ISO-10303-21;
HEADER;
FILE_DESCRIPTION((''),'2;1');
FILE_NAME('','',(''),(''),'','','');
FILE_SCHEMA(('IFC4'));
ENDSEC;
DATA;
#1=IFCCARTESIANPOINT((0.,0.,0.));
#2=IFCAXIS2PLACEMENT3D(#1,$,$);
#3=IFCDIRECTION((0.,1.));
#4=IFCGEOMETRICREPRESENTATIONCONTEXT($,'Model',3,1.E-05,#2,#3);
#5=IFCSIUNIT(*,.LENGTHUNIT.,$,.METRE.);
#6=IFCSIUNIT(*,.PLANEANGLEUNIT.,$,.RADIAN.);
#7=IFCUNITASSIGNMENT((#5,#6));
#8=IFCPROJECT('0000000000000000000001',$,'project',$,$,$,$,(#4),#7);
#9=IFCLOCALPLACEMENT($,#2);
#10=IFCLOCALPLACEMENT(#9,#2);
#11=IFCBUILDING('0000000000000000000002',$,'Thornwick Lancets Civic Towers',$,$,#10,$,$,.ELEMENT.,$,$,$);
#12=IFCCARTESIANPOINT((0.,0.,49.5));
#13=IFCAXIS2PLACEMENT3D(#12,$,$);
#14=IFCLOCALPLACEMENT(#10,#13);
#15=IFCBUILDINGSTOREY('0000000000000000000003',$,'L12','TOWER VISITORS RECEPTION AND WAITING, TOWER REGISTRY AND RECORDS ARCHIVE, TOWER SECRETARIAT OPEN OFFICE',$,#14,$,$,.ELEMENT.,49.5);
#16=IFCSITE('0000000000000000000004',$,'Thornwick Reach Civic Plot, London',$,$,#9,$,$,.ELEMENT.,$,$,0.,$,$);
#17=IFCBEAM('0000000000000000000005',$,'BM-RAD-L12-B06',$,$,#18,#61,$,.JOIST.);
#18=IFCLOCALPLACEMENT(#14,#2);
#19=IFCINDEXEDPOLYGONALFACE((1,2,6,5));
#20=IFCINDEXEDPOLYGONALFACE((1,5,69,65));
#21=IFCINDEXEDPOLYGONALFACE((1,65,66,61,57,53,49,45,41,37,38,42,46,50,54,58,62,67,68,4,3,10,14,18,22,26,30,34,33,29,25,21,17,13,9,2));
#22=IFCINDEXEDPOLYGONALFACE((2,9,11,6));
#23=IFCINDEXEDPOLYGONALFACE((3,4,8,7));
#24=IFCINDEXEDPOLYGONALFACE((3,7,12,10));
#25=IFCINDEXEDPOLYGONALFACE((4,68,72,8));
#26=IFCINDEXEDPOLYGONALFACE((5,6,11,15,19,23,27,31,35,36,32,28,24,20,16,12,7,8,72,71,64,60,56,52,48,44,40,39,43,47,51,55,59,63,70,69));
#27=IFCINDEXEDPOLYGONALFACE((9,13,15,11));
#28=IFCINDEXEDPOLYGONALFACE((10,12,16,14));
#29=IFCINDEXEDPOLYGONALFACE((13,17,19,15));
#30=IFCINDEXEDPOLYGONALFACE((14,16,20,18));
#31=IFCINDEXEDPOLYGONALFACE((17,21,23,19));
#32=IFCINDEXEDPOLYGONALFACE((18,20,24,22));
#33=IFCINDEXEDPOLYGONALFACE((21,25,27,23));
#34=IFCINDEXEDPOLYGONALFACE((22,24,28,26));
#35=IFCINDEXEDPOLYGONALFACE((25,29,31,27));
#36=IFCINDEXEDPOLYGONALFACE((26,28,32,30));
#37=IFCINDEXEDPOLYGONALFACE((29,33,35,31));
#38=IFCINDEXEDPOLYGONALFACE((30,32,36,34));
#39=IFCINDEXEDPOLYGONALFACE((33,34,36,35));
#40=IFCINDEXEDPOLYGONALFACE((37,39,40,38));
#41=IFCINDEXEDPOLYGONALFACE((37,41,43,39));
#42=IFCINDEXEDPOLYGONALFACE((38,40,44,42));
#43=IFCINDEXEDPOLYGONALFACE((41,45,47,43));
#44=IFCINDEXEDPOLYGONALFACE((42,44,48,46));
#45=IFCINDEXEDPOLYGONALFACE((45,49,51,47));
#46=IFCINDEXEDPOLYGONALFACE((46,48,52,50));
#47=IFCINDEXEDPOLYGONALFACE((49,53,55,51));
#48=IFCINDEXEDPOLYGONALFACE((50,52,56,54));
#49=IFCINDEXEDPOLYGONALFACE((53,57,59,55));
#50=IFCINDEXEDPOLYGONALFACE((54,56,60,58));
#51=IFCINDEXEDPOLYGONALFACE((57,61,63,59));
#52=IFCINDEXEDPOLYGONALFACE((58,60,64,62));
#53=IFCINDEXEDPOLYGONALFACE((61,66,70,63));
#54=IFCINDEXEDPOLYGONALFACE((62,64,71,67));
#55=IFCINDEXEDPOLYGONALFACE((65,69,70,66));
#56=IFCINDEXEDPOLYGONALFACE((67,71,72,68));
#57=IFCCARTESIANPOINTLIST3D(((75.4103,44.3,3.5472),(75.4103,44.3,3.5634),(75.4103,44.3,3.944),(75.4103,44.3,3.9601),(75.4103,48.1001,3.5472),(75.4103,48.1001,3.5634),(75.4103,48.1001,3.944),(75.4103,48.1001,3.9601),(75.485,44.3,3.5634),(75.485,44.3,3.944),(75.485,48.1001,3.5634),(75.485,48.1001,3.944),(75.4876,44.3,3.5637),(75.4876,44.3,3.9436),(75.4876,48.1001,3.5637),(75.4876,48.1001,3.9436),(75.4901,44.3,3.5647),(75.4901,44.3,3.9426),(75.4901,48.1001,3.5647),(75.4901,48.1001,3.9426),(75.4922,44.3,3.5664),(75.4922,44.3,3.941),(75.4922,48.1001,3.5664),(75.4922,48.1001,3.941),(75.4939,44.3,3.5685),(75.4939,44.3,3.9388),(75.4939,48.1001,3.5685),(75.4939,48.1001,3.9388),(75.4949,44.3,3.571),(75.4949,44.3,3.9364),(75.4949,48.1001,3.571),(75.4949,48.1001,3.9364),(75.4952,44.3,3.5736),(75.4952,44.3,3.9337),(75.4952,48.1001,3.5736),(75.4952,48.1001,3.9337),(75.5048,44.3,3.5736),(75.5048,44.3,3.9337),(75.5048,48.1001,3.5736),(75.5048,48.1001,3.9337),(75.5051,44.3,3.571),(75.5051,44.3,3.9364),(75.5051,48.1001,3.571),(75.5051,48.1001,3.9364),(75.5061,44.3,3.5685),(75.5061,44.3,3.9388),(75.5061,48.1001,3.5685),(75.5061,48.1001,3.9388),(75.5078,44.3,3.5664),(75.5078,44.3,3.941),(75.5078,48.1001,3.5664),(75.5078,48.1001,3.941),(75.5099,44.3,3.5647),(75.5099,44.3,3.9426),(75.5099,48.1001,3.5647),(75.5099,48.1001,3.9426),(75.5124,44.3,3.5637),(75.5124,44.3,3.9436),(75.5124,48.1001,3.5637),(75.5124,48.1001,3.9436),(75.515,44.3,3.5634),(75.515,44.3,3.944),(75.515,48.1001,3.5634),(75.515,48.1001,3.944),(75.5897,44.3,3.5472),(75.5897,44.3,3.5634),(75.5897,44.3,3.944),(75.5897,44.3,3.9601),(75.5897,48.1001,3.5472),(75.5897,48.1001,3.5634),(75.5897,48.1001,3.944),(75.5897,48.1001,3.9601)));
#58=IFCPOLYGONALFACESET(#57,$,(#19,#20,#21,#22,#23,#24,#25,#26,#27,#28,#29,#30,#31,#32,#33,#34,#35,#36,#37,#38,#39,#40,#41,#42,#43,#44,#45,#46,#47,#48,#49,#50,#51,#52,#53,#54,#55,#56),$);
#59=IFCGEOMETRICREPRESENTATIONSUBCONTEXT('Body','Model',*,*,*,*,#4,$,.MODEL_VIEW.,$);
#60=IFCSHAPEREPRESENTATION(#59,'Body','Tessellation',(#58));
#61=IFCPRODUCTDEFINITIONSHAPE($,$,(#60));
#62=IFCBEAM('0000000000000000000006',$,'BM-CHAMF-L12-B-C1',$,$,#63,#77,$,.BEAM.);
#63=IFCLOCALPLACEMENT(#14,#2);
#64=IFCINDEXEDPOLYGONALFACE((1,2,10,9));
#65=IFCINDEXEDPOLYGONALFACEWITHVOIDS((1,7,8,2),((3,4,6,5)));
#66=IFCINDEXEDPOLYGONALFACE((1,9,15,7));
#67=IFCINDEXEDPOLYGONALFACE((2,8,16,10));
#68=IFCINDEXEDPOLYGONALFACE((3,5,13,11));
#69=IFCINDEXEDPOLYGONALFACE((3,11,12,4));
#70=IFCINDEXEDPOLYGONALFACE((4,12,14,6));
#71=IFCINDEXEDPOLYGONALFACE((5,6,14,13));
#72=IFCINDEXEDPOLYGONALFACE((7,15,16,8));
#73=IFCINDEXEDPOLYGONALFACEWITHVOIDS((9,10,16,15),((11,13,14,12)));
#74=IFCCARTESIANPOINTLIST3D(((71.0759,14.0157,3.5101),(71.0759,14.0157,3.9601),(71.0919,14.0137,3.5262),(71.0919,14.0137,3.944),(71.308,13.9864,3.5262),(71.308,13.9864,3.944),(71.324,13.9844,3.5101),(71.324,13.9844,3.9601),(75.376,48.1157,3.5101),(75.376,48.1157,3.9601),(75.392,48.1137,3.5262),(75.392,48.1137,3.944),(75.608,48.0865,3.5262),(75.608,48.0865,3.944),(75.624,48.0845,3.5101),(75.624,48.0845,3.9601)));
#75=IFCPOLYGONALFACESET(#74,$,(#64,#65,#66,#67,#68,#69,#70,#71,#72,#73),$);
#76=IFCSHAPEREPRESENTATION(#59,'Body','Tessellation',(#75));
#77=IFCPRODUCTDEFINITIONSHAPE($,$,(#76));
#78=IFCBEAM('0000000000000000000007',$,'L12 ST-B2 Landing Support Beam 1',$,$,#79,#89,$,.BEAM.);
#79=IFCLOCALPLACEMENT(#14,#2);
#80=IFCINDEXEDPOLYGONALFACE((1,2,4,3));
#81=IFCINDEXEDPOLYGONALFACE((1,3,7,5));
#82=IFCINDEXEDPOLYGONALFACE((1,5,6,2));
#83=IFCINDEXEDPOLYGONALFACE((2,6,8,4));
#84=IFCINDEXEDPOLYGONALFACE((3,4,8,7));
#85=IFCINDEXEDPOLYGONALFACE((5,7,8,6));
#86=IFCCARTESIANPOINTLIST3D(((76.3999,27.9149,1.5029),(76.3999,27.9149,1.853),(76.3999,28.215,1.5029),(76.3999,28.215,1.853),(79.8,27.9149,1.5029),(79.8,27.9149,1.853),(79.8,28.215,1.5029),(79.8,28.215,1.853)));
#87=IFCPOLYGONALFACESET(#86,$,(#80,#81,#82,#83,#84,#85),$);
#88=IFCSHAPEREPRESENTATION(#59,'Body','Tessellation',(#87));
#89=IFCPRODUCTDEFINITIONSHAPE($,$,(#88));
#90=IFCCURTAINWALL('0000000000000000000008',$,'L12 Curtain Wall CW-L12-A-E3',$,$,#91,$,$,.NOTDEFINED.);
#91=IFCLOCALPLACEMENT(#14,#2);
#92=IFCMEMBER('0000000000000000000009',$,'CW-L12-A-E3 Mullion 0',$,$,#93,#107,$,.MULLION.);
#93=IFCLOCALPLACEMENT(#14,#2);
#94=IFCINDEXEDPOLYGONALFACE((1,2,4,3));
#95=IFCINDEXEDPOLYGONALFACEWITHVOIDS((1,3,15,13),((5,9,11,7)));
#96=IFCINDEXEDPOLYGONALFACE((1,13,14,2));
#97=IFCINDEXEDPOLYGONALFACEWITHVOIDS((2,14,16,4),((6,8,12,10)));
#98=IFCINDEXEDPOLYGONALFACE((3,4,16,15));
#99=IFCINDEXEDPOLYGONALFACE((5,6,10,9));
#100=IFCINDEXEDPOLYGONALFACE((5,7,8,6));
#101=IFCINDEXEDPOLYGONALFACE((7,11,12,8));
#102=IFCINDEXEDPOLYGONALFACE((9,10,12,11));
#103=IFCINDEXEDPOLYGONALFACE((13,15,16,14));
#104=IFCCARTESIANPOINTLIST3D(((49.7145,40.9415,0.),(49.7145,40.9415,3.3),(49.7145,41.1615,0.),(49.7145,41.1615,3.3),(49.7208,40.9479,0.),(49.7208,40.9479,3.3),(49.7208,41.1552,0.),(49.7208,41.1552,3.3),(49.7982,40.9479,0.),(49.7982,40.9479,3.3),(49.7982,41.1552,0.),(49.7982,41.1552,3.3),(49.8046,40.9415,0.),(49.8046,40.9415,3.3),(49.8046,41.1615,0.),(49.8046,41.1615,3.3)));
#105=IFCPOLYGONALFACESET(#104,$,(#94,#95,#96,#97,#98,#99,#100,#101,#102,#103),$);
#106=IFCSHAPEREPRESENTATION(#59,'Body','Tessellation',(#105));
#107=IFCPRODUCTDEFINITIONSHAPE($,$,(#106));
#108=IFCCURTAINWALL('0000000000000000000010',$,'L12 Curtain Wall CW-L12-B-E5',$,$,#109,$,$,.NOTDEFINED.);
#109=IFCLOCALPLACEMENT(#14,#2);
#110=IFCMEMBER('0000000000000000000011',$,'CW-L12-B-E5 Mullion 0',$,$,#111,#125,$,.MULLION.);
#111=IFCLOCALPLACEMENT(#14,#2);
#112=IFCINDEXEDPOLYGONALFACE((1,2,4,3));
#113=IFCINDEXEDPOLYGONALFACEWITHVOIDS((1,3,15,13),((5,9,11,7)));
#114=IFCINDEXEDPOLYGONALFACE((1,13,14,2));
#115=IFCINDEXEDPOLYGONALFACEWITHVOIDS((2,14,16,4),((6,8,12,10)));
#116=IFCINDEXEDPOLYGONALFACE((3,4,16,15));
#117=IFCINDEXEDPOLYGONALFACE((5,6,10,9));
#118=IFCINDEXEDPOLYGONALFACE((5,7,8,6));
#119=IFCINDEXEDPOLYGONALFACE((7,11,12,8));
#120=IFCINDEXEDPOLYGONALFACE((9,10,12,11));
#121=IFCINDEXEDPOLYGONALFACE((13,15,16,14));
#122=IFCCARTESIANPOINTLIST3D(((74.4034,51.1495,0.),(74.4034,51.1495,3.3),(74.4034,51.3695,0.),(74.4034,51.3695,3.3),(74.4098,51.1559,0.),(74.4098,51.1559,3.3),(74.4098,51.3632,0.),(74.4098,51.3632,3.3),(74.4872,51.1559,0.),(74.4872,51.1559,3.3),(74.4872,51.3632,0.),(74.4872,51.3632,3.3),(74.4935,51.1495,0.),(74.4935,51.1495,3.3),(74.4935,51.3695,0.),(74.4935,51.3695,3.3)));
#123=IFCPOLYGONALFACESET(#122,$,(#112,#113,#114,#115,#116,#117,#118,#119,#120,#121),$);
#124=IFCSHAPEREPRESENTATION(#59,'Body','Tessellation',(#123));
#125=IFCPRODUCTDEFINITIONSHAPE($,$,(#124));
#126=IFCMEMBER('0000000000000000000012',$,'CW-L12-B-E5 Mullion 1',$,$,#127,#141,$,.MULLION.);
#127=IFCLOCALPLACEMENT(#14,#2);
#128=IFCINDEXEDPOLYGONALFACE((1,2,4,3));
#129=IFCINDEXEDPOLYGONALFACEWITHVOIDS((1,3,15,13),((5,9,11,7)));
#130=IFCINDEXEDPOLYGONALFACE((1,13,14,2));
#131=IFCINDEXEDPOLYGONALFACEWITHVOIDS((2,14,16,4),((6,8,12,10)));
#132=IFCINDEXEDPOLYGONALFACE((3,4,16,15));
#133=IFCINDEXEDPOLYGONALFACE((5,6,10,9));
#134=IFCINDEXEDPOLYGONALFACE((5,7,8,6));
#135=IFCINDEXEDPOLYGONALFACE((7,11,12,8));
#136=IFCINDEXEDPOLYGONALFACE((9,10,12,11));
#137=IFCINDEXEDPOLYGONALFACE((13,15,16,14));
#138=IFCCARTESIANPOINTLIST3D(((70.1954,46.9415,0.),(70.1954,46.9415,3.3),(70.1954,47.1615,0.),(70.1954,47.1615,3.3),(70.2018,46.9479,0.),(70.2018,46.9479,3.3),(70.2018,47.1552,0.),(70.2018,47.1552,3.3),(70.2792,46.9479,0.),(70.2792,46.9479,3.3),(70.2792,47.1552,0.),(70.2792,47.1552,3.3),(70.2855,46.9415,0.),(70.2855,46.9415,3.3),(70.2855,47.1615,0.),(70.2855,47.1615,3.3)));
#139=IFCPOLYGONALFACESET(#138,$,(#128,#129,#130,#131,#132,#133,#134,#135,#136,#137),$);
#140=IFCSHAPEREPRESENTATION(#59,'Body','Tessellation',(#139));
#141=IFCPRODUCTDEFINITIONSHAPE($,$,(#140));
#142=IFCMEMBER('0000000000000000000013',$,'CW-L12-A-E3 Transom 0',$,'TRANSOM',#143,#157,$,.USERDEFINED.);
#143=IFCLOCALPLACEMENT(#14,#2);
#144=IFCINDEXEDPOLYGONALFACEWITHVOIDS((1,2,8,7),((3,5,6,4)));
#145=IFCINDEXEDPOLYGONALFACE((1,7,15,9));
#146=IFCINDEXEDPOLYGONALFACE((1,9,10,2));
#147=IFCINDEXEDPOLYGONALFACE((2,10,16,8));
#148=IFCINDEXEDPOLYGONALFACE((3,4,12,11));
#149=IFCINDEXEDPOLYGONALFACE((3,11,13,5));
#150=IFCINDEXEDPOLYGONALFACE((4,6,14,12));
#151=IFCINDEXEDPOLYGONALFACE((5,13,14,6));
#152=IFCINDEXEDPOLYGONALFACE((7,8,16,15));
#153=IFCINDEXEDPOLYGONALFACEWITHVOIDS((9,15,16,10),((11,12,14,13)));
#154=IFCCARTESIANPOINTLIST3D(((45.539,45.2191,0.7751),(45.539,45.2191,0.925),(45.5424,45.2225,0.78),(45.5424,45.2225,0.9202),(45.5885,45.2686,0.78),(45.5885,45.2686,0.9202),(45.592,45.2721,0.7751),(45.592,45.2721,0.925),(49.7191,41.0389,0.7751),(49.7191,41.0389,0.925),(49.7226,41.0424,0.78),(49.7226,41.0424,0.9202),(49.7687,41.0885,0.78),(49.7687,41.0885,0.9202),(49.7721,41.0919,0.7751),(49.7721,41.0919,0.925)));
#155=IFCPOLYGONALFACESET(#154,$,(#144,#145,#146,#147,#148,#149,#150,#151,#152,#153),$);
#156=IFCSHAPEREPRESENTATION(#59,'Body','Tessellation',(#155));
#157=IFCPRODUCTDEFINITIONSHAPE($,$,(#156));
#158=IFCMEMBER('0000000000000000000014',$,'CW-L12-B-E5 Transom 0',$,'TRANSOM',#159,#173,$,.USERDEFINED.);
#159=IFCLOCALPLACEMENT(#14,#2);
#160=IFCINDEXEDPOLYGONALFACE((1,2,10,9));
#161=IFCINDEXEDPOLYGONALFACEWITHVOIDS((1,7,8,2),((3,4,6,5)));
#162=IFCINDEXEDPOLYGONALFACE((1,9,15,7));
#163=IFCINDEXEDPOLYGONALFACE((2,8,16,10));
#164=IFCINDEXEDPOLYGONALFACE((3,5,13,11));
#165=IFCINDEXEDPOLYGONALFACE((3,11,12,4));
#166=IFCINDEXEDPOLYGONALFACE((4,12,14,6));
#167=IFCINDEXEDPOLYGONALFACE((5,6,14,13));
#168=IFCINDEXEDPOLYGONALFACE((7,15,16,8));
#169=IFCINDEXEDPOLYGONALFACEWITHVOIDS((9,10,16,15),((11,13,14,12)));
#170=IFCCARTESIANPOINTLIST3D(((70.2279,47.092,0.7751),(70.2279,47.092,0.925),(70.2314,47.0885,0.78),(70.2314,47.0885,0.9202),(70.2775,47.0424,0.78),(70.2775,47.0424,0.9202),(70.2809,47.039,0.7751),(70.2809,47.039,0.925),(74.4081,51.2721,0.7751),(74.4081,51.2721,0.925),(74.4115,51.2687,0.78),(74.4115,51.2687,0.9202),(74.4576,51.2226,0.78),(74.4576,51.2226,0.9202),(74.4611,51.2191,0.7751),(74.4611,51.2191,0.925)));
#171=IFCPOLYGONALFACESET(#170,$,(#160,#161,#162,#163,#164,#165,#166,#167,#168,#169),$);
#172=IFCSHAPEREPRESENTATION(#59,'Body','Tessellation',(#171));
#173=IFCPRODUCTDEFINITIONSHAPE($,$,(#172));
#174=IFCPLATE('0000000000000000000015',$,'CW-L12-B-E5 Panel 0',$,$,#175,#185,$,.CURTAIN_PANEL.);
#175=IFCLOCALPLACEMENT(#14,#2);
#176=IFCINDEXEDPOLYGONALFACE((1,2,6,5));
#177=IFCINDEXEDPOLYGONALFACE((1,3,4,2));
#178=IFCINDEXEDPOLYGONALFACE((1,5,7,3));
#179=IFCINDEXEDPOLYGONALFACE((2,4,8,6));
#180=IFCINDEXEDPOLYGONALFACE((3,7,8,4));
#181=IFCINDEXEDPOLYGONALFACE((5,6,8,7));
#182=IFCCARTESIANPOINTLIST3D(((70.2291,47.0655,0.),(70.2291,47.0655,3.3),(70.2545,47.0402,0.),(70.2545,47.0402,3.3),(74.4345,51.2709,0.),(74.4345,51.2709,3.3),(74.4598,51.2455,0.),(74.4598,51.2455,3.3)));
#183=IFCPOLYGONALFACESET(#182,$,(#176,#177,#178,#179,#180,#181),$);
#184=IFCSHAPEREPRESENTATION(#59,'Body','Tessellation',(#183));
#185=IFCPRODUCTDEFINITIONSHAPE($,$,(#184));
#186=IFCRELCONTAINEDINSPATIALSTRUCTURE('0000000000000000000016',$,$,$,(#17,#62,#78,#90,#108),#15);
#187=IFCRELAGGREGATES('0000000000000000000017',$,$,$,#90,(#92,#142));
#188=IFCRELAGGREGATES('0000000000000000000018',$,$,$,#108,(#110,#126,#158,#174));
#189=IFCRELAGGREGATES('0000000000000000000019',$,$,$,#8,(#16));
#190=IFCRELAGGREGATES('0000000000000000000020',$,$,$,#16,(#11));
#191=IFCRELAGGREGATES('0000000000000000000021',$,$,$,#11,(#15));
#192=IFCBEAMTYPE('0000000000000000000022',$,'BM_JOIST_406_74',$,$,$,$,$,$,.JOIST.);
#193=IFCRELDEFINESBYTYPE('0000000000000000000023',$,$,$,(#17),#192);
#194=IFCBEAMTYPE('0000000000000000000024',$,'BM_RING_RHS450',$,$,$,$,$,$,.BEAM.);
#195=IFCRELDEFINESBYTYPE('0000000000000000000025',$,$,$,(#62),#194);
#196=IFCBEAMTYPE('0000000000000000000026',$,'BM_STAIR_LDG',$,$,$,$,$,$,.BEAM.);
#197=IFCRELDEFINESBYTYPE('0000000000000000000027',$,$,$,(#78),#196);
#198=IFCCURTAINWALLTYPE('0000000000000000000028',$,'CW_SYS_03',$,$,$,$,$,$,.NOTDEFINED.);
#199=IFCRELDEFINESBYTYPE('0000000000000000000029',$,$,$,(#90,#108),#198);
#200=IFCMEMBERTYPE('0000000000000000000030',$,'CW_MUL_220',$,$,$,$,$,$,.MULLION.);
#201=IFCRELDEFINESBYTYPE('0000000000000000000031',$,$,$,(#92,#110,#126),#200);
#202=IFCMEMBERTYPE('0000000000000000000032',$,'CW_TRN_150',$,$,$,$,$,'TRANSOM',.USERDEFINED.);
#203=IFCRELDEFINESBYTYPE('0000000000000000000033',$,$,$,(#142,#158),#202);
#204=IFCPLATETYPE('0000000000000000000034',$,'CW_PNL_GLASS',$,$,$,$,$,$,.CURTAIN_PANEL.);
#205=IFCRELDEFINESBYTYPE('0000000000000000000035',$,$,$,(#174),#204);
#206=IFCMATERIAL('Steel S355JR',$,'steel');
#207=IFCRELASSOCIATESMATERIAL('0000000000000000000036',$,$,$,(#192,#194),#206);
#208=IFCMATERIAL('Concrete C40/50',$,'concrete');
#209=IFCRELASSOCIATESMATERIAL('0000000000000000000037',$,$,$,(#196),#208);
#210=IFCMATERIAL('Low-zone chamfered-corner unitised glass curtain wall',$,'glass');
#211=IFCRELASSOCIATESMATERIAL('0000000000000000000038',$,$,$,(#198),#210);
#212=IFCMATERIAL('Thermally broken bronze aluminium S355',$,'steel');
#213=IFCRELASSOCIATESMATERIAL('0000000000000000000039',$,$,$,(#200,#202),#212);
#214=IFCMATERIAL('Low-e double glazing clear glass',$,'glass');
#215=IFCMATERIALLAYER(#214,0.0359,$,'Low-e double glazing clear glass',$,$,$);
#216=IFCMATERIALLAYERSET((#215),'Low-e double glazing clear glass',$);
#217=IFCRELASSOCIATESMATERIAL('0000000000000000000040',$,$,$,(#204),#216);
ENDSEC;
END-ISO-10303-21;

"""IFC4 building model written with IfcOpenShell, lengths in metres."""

from ifc_helpers import new_model, si_unit, direction, frame, origin, origin_2d, place, context, subcontext, project, spatial, rectangle, hollow_rectangle, i_section, extrude, material, layer, layer_set, material_profile, profile_set, type_object, element, aggregate, save


model = new_model("IFC4")

# Units and contexts
model_context = context("Model", 3, precision=1e-05, world=origin(), true_north=direction((0.0, 1.0)))
body_context = subcontext(model_context, "Body", "Model", "MODEL_VIEW")
ifc_project = project(units=[si_unit("LENGTHUNIT", "METRE"), si_unit("PLANEANGLEUNIT", "RADIAN")], contexts=[model_context])

# Site, building, storey
site_placement = place(None, origin())
site = spatial("IfcSite", under=ifc_project, at=site_placement, Name="Thornwick Reach Civic Plot, London", CompositionType="ELEMENT", RefElevation=0.0)
building_placement = place(site_placement, origin())
building = spatial("IfcBuilding", under=site, at=building_placement, Name="Thornwick Lancets Civic Towers", CompositionType="ELEMENT")
storey_placement = place(building_placement, frame((0.0, 0.0, 49.5)))
storey = spatial("IfcBuildingStorey", under=building, at=storey_placement, Name="L12", Description="TOWER VISITORS RECEPTION AND WAITING, TOWER REGISTRY AND RECORDS ARCHIVE, TOWER SECRETARIAT OPEN OFFICE", CompositionType="ELEMENT", Elevation=49.5)

# Beams
ifc_material_1 = material(Name="Steel S355JR", Category="steel")
ifc_material_profile_1 = material_profile(ifc_material_1, i_section(OverallWidth=0.1794, OverallDepth=0.4128, WebThickness=0.0095, FlangeThickness=0.0161, FilletRadius=0.0103, at=origin_2d()), Name="UKB 406x178x74")
ifc_profile_set_1 = profile_set([ifc_material_profile_1], Name="Steel S355JR")
beam_type_1 = type_object("IfcBeamType", Name="BM_JOIST_406_74", PredefinedType="JOIST", material=ifc_profile_set_1)
beam_1_placement = place(storey_placement, frame((75.5, 44.3, 3.7537), z_axis=(0.0, 1.0, 0.0), x_axis=(-1.0, 0.0, 0.0)))
element("IfcBeam", 1, at=beam_1_placement, inside=storey, type_object=beam_type_1, Name="BM-RAD-L12-B06", PredefinedType="JOIST", context=body_context, shape_type="SweptSolid", body=[
    extrude(i_section(OverallWidth=0.1794, OverallDepth=0.4128, WebThickness=0.0095, FlangeThickness=0.0161, FilletRadius=0.0103, at=origin_2d()), origin(), (0.0, 0.0, 1.0), 3.8),
])
ifc_material_profile_2 = material_profile(ifc_material_1, hollow_rectangle(XDim=0.25, YDim=0.45, WallThickness=0.0161, at=origin_2d()), Name="RHS 450x250x16")
ifc_profile_set_2 = profile_set([ifc_material_profile_2], Name="Steel S355JR")
beam_type_2 = type_object("IfcBeamType", Name="BM_RING_RHS450", PredefinedType="BEAM", material=ifc_profile_set_2)
beam_2_placement = place(storey_placement, frame((75.5, 48.1001, 3.7351), z_axis=(-0.12511, -0.992143, 0.0), x_axis=(0.992143, -0.12511, 0.0)))
element("IfcBeam", 2, at=beam_2_placement, inside=storey, type_object=beam_type_2, Name="BM-CHAMF-L12-B-C1", PredefinedType="BEAM", context=body_context, shape_type="SweptSolid", body=[
    extrude(hollow_rectangle(XDim=0.25, YDim=0.45, WallThickness=0.0161, at=origin_2d()), origin(), (0.0, 0.0, 1.0), 34.3701),
])
ifc_material_2 = material(Name="Concrete C40/50", Category="concrete")
ifc_material_profile_3 = material_profile(ifc_material_2, rectangle(XDim=0.3, YDim=0.3501, at=origin_2d()), Name="RC 300x350")
ifc_profile_set_3 = profile_set([ifc_material_profile_3], Name="Concrete C40/50")
beam_type_3 = type_object("IfcBeamType", Name="BM_STAIR_LDG", PredefinedType="BEAM", material=ifc_profile_set_3)
beam_3_placement = place(storey_placement, frame((76.3999, 28.0649, 1.678), z_axis=(1.0, 0.0, 0.0), x_axis=(0.0, 1.0, 0.0)))
element("IfcBeam", 3, at=beam_3_placement, inside=storey, type_object=beam_type_3, Name="L12 ST-B2 Landing Support Beam 1", PredefinedType="BEAM", context=body_context, shape_type="SweptSolid", body=[
    extrude(rectangle(XDim=0.3, YDim=0.3501, at=origin_2d()), origin(), (0.0, 0.0, 1.0), 3.4001),
])

# Curtain wall, member
ifc_material_3 = material(Name="Low-zone chamfered-corner unitised glass curtain wall", Category="glass")
curtain_wall_type = type_object("IfcCurtainWallType", Name="CW_SYS_03", PredefinedType="NOTDEFINED", material=ifc_material_3)
curtain_wall_1_placement = place(storey_placement, origin())
curtain_wall_1 = element("IfcCurtainWall", 4, at=curtain_wall_1_placement, inside=storey, type_object=curtain_wall_type, Name="L12 Curtain Wall CW-L12-A-E3", PredefinedType="NOTDEFINED")
ifc_material_4 = material(Name="Thermally broken bronze aluminium S355", Category="steel")
ifc_material_profile_4 = material_profile(ifc_material_4, hollow_rectangle(XDim=0.0901, YDim=0.22, WallThickness=0.0063, at=origin_2d()), Name="RHS 220x90x6.3")
ifc_profile_set_4 = profile_set([ifc_material_profile_4], Name="Thermally broken bronze aluminium S355")
member_type_1 = type_object("IfcMemberType", Name="CW_MUL_220", PredefinedType="MULLION", material=ifc_profile_set_4)
member_1_placement = place(storey_placement, frame((49.7595, 41.0515, 0.0), z_axis=(0.0, 0.0, 1.0), x_axis=(1.0, 0.0, 0.0)))
member_1 = element("IfcMember", 5, at=member_1_placement, type_object=member_type_1, Name="CW-L12-A-E3 Mullion 0", PredefinedType="MULLION", context=body_context, shape_type="SweptSolid", body=[
    extrude(hollow_rectangle(XDim=0.0901, YDim=0.22, WallThickness=0.0063, at=origin_2d()), origin(), (0.0, 0.0, 1.0), 3.3),
])

# Curtain wall, members
curtain_wall_2_placement = place(storey_placement, origin())
curtain_wall_2 = element("IfcCurtainWall", 6, at=curtain_wall_2_placement, inside=storey, type_object=curtain_wall_type, Name="L12 Curtain Wall CW-L12-B-E5", PredefinedType="NOTDEFINED")
member_2_placement = place(storey_placement, frame((74.4485, 51.2595, 0.0), z_axis=(0.0, 0.0, 1.0), x_axis=(1.0, 0.0, 0.0)))
member_2 = element("IfcMember", 7, at=member_2_placement, type_object=member_type_1, Name="CW-L12-B-E5 Mullion 0", PredefinedType="MULLION", context=body_context, shape_type="SweptSolid", body=[
    extrude(hollow_rectangle(XDim=0.0901, YDim=0.22, WallThickness=0.0063, at=origin_2d()), origin(), (0.0, 0.0, 1.0), 3.3),
])
member_3_placement = place(storey_placement, frame((70.2405, 47.0515, 0.0), z_axis=(0.0, 0.0, 1.0), x_axis=(1.0, 0.0, 0.0)))
member_3 = element("IfcMember", 8, at=member_3_placement, type_object=member_type_1, Name="CW-L12-B-E5 Mullion 1", PredefinedType="MULLION", context=body_context, shape_type="SweptSolid", body=[
    extrude(hollow_rectangle(XDim=0.0901, YDim=0.22, WallThickness=0.0063, at=origin_2d()), origin(), (0.0, 0.0, 1.0), 3.3),
])

# Members
ifc_material_profile_5 = material_profile(ifc_material_4, hollow_rectangle(XDim=0.075, YDim=0.1499, WallThickness=0.0049, at=origin_2d()), Name="RHS 150x75x5")
ifc_profile_set_5 = profile_set([ifc_material_profile_5], Name="Thermally broken bronze aluminium S355")
member_type_2 = type_object("IfcMemberType", Name="CW_TRN_150", ElementType="TRANSOM", PredefinedType="USERDEFINED", material=ifc_profile_set_5)
member_4_placement = place(storey_placement, frame((49.7456, 41.0654, 0.8501), z_axis=(-0.707107, 0.707107, 0.0), x_axis=(-0.707107, -0.707107, 0.0)))
member_4 = element("IfcMember", 9, at=member_4_placement, type_object=member_type_2, Name="CW-L12-A-E3 Transom 0", ObjectType="TRANSOM", PredefinedType="USERDEFINED", context=body_context, shape_type="SweptSolid", body=[
    extrude(hollow_rectangle(XDim=0.075, YDim=0.1499, WallThickness=0.0049, at=origin_2d()), origin(), (0.0, 0.0, 1.0), 5.9116),
])
aggregate(curtain_wall_1, [member_1, member_4])
member_5_placement = place(storey_placement, frame((74.4346, 51.2456, 0.8501), z_axis=(-0.707107, -0.707107, 0.0), x_axis=(0.707107, -0.707107, 0.0)))
member_5 = element("IfcMember", 10, at=member_5_placement, type_object=member_type_2, Name="CW-L12-B-E5 Transom 0", ObjectType="TRANSOM", PredefinedType="USERDEFINED", context=body_context, shape_type="SweptSolid", body=[
    extrude(hollow_rectangle(XDim=0.075, YDim=0.1499, WallThickness=0.0049, at=origin_2d()), origin(), (0.0, 0.0, 1.0), 5.9116),
])

# Plate
ifc_material_5 = material(Name="Low-e double glazing clear glass", Category="glass")
ifc_layer_1 = layer(ifc_material_5, 0.0359, Name="Low-e double glazing clear glass")
ifc_layer_set_1 = layer_set([ifc_layer_1], Name="Low-e double glazing clear glass")
plate_type = type_object("IfcPlateType", Name="CW_PNL_GLASS", PredefinedType="CURTAIN_PANEL", material=ifc_layer_set_1)
plate_placement = place(storey_placement, frame((72.3445, 49.1555, 0.0), z_axis=(0.0, 0.0, 1.0), x_axis=(-0.707107, -0.707107, 0.0)))
plate = element("IfcPlate", 11, at=plate_placement, type_object=plate_type, Name="CW-L12-B-E5 Panel 0", PredefinedType="CURTAIN_PANEL", context=body_context, shape_type="SweptSolid", body=[
    extrude(rectangle(XDim=5.9473, YDim=0.0359, at=origin_2d()), origin(), (0.0, 0.0, 1.0), 3.3),
])
aggregate(curtain_wall_2, [member_2, member_3, member_5, plate])

save(model, "model.ifc")
